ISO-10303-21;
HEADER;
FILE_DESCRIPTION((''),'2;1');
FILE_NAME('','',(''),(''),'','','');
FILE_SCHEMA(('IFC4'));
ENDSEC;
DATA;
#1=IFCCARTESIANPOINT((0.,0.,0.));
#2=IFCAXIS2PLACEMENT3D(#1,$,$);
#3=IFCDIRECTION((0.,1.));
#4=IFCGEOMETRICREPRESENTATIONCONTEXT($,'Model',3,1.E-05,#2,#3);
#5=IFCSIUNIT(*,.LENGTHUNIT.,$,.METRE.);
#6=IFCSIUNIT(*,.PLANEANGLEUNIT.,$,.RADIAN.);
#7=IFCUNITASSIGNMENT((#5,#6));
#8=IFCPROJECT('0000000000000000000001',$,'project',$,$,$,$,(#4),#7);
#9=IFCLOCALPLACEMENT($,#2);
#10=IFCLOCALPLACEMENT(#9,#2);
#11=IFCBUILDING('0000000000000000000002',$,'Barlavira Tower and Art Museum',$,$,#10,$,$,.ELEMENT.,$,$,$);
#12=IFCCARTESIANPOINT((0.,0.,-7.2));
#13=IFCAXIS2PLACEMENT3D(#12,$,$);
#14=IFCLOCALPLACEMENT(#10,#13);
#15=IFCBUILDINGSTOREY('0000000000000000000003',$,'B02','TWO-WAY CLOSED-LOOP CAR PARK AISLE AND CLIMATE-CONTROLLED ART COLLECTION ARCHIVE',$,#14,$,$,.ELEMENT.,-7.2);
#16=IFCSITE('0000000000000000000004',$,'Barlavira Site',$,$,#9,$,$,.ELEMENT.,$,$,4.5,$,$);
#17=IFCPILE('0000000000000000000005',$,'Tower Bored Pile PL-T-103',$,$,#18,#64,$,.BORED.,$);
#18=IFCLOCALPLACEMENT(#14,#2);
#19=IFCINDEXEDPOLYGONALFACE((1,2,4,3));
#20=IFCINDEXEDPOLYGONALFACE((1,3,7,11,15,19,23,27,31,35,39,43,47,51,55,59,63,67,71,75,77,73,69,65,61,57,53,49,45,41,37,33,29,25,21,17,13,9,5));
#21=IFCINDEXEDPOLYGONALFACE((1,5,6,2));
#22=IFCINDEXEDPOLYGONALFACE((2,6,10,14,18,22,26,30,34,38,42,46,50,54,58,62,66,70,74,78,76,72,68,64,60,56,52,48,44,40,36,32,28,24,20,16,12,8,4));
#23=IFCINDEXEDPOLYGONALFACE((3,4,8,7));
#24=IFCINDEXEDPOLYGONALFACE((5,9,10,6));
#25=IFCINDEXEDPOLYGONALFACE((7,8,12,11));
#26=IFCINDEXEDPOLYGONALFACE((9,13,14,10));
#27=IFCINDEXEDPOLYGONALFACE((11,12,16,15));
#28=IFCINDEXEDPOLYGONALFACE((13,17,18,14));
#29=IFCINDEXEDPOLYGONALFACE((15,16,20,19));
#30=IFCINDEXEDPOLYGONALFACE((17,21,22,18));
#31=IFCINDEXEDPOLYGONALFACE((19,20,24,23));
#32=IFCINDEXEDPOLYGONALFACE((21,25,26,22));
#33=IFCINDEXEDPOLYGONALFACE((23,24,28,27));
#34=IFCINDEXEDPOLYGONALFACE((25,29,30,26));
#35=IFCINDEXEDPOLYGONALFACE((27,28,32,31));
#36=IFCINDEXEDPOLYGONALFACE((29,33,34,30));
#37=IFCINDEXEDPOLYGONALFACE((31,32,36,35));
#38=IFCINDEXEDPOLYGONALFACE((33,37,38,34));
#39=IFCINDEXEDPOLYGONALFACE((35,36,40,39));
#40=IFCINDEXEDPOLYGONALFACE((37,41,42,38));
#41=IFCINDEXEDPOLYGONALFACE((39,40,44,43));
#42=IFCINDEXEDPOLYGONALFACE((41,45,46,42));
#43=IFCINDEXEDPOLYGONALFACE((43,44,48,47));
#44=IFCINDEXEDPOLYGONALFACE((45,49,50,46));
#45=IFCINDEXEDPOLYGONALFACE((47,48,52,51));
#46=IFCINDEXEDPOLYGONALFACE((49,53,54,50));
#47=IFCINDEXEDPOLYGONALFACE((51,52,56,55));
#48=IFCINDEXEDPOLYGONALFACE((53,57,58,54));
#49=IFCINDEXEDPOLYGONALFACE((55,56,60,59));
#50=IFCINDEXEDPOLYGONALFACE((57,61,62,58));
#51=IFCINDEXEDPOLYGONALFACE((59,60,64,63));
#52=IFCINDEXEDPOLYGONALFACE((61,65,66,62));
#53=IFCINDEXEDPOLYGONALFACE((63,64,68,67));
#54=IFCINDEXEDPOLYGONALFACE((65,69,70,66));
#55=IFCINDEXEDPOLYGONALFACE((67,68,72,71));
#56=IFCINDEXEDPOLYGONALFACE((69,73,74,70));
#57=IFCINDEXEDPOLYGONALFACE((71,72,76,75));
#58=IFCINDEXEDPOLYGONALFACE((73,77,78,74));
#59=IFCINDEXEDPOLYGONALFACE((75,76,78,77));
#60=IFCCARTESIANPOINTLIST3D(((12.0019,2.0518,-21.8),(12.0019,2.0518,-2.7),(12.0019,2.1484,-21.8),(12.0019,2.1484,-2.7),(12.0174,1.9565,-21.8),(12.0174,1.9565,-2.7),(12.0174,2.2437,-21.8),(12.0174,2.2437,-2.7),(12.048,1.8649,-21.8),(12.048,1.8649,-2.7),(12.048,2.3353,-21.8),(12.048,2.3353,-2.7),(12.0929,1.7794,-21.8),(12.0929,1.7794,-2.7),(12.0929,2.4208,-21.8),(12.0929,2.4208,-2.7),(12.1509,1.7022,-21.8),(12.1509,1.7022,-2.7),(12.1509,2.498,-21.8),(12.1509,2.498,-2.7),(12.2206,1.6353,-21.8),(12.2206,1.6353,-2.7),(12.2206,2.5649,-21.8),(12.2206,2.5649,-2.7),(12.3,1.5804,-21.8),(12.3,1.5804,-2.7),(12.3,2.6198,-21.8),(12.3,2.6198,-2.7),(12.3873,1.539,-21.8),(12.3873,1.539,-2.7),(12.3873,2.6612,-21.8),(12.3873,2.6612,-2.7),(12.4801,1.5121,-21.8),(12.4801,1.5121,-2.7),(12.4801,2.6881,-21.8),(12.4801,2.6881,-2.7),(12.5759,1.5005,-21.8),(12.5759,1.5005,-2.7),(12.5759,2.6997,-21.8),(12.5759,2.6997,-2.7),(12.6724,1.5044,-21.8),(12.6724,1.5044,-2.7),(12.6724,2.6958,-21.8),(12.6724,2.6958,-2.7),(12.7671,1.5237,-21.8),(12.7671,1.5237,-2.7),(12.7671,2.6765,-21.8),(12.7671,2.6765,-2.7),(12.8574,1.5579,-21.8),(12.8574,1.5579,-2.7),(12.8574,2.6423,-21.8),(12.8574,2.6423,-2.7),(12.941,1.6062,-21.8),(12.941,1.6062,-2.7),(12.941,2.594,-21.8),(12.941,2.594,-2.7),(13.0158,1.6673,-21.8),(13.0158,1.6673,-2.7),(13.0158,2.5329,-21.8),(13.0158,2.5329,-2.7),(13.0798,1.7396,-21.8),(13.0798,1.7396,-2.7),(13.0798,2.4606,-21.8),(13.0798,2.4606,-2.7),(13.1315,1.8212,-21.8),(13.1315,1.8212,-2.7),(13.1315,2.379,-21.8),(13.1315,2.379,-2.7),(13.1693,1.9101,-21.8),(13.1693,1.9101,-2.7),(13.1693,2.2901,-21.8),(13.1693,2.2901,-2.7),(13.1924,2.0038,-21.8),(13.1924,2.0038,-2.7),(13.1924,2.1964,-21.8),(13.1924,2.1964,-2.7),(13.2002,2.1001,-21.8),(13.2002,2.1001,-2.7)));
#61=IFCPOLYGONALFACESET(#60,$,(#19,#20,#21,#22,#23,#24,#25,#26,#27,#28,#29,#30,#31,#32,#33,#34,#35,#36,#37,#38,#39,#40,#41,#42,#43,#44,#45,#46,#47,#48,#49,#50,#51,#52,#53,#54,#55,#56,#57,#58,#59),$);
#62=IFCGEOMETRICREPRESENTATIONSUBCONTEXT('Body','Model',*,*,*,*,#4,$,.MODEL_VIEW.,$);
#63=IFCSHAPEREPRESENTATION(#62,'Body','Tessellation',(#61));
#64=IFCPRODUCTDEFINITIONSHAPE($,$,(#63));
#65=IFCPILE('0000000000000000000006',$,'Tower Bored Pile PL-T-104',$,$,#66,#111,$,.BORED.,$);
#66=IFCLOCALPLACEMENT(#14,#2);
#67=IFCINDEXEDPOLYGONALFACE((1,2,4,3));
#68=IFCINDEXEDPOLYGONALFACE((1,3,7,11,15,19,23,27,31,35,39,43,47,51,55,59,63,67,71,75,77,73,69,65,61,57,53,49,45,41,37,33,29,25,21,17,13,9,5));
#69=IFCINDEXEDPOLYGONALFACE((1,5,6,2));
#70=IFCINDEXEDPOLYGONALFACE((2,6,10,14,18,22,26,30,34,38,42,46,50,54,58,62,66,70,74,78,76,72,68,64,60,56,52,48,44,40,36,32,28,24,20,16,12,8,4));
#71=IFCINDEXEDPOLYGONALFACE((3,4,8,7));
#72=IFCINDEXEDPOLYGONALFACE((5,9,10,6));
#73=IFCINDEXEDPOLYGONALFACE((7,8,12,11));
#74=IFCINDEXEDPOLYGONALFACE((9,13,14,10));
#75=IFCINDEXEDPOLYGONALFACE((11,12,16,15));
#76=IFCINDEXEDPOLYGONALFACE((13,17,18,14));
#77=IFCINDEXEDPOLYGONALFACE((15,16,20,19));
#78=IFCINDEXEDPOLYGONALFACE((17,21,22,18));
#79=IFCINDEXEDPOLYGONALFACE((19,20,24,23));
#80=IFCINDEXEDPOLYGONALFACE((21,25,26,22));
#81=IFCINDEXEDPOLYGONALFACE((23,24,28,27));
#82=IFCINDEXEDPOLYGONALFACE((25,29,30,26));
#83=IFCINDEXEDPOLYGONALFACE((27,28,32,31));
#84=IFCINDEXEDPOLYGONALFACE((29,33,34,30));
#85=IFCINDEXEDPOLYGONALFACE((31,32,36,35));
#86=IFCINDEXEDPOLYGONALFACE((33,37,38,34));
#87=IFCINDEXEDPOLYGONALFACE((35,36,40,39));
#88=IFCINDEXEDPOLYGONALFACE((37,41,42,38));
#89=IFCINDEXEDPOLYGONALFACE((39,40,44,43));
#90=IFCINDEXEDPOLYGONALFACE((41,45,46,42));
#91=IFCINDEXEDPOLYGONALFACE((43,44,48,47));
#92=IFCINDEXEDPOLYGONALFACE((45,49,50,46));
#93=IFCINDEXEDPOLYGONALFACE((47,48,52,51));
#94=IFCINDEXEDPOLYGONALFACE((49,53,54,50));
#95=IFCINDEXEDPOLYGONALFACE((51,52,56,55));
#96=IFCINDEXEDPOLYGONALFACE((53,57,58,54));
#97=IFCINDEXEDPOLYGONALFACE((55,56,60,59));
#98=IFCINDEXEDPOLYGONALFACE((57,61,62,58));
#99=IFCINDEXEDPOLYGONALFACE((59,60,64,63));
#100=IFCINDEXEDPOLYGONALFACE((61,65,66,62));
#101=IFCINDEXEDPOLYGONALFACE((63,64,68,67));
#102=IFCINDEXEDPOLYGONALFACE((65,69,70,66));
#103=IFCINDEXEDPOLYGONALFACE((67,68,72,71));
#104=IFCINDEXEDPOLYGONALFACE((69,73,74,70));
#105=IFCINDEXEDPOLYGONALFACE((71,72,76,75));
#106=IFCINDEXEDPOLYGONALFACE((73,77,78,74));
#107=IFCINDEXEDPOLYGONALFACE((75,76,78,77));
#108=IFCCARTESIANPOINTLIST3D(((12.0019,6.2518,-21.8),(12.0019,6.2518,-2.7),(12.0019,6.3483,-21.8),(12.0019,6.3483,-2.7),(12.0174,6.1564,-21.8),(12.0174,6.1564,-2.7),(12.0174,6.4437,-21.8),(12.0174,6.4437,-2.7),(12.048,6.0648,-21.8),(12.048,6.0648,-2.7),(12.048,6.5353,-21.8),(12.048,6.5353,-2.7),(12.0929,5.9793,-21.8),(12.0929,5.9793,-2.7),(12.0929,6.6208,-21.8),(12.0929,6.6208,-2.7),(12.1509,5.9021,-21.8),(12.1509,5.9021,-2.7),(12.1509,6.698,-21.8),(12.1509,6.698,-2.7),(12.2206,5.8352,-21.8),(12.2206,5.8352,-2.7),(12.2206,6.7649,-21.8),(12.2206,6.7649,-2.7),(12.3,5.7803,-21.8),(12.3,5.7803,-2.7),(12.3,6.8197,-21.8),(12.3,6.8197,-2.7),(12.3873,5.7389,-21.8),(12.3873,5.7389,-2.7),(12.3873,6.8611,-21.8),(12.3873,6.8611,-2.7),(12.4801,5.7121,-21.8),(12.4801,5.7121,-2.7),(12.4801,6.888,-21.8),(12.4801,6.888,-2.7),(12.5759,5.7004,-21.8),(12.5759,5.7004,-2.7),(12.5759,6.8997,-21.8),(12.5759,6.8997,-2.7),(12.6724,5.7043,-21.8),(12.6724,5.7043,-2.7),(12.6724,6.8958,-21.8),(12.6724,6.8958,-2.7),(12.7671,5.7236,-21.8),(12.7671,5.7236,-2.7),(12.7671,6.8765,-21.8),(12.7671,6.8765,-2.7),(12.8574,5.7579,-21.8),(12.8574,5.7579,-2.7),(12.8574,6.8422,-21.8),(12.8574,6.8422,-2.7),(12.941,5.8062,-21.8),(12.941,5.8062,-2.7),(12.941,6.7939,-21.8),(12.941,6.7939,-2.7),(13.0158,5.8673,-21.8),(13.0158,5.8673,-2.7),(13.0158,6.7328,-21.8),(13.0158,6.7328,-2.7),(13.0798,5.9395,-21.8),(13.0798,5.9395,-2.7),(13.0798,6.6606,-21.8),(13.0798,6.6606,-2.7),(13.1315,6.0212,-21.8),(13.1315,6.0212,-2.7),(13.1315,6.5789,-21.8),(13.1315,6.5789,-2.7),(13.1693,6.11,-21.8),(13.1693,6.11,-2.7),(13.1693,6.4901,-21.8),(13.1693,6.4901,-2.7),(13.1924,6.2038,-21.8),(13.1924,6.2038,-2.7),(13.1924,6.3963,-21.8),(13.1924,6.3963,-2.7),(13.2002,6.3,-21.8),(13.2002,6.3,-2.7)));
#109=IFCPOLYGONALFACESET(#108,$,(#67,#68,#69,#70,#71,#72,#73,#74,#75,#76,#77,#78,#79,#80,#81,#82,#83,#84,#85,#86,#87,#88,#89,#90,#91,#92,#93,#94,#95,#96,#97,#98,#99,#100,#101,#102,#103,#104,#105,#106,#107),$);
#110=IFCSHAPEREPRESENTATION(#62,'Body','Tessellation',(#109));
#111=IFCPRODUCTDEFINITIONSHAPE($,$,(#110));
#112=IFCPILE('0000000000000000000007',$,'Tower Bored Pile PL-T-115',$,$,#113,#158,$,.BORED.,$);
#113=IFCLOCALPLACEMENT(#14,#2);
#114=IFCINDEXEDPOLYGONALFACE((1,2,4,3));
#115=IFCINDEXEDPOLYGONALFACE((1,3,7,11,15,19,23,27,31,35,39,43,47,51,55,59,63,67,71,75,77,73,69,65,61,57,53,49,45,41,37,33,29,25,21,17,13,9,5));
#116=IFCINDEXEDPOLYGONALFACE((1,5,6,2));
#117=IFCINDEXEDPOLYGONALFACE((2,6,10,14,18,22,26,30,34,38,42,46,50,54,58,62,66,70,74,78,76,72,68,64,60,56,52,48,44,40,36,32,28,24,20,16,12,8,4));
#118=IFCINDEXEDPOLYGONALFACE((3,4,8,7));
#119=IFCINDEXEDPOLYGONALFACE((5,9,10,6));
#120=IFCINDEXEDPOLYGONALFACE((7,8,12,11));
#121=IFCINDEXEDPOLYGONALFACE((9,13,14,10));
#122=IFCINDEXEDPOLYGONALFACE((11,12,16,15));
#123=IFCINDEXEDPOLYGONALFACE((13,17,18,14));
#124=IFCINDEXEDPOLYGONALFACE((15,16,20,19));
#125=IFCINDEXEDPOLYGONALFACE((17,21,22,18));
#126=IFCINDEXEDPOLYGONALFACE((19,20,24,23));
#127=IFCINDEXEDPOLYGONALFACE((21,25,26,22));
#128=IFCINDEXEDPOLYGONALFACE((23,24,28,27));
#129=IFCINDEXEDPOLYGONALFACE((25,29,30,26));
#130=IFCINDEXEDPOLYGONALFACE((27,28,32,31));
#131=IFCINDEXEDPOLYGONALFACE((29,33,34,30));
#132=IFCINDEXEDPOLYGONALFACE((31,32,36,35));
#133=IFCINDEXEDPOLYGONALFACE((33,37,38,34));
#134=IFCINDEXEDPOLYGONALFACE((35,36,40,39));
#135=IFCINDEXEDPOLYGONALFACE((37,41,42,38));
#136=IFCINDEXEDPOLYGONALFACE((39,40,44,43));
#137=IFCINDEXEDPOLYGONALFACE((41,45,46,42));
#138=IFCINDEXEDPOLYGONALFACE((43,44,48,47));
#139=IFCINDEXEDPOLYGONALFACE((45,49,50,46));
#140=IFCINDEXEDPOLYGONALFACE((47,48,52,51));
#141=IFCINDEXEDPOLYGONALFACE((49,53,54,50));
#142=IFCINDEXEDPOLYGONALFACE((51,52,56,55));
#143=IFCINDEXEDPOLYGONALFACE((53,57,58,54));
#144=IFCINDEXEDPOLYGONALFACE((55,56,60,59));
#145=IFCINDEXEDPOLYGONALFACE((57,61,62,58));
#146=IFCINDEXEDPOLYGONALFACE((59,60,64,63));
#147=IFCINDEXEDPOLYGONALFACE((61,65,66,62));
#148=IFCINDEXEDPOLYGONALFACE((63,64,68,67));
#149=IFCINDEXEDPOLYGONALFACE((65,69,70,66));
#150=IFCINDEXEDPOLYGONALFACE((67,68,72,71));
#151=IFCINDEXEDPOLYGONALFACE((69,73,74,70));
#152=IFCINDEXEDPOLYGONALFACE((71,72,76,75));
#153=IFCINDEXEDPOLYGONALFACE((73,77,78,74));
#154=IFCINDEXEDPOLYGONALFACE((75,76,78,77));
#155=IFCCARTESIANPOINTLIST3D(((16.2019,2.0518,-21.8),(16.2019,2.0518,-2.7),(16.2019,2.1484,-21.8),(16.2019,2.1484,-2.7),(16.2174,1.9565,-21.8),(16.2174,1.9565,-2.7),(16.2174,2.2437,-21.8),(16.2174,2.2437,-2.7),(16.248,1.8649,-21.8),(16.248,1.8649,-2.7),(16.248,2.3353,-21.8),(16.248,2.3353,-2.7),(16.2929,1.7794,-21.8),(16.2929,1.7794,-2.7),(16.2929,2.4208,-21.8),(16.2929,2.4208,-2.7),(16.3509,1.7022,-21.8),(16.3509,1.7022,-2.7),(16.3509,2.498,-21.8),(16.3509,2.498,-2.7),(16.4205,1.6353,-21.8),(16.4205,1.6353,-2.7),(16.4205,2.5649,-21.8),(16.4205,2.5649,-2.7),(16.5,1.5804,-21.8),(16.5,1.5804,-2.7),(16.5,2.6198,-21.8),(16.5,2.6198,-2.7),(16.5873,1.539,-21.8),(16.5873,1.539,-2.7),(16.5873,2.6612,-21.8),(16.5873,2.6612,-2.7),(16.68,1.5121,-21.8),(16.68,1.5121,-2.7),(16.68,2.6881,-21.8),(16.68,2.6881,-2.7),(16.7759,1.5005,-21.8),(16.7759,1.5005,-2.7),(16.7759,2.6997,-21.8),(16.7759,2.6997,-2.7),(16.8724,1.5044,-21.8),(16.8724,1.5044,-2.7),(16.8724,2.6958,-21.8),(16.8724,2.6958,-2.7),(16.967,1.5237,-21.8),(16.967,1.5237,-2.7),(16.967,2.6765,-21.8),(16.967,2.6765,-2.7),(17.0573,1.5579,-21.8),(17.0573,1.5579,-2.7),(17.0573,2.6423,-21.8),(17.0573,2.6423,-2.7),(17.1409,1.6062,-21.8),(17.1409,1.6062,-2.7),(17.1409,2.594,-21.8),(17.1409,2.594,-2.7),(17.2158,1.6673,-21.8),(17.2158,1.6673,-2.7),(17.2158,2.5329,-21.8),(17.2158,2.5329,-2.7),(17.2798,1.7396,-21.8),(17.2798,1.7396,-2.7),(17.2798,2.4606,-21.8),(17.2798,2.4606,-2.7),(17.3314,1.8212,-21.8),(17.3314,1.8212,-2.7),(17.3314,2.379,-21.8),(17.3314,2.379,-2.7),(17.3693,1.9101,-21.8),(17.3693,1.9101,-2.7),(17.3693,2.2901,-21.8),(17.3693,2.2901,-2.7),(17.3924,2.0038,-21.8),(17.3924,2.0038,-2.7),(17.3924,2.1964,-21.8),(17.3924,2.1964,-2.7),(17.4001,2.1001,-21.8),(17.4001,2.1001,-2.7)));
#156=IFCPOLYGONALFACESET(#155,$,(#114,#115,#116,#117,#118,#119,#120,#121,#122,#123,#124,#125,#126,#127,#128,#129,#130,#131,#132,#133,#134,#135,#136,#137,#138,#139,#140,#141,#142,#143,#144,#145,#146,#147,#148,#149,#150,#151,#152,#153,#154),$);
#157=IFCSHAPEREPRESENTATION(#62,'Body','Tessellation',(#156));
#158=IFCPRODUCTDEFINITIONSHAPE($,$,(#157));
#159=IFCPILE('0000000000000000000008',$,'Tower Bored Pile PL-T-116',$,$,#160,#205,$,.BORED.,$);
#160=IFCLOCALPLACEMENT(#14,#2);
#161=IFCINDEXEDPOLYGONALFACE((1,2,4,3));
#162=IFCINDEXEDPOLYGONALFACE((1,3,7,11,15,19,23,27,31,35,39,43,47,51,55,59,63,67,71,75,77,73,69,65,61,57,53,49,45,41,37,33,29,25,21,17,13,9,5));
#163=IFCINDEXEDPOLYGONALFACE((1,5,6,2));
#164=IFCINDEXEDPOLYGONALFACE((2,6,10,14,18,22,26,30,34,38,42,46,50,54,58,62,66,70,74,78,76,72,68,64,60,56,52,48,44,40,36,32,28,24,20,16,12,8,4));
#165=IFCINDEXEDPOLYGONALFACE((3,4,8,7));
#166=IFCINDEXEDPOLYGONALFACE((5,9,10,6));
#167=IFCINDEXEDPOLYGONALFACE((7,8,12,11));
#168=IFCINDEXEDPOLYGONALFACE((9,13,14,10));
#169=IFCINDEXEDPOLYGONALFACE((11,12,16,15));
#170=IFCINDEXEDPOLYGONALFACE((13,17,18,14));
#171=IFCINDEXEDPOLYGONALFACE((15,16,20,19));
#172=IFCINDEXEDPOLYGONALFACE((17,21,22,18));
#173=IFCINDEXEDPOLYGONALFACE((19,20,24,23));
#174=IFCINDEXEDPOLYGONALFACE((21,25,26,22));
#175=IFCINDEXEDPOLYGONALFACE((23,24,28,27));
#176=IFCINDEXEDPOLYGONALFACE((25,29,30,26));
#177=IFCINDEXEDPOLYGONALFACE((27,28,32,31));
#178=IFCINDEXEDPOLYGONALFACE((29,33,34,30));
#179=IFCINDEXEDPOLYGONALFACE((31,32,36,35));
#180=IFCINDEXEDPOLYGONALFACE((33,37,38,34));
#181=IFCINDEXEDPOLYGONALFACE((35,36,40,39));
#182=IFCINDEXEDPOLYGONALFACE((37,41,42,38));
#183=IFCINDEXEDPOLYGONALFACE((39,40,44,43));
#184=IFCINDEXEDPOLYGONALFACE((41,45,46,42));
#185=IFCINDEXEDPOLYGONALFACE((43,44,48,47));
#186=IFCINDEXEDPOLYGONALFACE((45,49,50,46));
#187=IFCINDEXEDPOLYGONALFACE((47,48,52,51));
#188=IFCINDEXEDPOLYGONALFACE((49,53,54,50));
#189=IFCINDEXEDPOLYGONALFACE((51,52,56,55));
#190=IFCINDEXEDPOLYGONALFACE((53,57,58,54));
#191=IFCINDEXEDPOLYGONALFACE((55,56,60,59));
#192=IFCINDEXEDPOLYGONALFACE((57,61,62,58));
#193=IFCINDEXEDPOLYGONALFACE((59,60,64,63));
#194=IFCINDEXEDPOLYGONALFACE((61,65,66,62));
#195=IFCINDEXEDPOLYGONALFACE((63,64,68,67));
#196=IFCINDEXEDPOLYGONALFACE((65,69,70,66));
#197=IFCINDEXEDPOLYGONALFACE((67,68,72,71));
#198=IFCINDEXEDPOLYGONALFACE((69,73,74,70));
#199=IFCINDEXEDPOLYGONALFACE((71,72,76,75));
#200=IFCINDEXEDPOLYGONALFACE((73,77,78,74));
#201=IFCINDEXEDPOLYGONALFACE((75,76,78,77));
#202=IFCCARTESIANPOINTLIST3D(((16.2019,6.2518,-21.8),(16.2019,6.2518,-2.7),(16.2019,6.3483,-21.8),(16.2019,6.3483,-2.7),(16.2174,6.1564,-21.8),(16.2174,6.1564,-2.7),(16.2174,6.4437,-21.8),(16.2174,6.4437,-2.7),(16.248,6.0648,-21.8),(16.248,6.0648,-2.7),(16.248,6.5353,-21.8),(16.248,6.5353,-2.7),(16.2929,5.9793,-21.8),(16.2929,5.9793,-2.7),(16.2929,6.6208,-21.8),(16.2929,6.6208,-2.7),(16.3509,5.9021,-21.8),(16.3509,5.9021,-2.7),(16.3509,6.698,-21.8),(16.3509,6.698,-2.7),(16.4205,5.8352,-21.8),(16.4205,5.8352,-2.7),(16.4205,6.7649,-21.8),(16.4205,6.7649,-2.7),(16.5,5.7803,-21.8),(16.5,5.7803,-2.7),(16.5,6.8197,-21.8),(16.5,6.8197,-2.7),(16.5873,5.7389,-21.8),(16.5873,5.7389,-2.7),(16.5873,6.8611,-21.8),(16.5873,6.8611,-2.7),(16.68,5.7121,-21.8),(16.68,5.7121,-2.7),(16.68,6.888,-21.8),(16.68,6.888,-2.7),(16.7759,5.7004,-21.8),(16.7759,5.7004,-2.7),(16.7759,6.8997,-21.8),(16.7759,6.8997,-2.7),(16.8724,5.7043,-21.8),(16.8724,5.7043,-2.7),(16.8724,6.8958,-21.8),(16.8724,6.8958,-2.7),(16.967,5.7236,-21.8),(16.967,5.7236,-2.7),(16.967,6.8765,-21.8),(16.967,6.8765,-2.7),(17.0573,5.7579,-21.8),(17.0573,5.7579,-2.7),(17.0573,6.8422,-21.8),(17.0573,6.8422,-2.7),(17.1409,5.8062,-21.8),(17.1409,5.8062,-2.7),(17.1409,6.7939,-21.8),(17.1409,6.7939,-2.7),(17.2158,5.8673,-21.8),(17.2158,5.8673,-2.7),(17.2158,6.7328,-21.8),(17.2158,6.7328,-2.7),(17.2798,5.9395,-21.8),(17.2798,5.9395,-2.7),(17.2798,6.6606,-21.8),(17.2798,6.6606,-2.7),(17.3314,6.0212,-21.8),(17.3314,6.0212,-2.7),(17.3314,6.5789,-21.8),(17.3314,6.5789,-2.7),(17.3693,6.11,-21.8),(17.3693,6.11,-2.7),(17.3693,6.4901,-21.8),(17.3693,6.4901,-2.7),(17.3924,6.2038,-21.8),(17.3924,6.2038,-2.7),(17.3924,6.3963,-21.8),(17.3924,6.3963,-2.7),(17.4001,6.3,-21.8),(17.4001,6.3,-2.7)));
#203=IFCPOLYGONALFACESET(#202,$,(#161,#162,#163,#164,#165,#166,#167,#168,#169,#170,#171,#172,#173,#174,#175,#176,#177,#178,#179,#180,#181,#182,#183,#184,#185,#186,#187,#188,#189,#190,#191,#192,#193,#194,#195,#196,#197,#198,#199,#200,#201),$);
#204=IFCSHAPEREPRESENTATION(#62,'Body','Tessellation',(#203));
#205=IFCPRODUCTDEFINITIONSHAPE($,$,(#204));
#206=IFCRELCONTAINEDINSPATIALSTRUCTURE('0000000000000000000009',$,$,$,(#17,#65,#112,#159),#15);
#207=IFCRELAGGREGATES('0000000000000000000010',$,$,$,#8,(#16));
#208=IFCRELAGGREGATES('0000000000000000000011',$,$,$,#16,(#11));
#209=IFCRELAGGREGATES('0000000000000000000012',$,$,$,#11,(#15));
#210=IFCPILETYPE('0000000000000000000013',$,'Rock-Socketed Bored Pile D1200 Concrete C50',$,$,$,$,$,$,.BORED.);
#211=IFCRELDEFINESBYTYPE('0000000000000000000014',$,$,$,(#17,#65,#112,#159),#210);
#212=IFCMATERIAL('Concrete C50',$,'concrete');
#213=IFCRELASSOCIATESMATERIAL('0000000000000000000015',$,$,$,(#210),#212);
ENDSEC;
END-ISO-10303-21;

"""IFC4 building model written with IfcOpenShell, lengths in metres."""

from ifc_helpers import new_model, si_unit, direction, frame, origin, origin_2d, place, context, subcontext, project, spatial, circle, extrude, material, material_profile, profile_set, type_object, element, save


model = new_model("IFC4")

# Units and contexts
model_context = context("Model", 3, precision=1e-05, world=origin(), true_north=direction((0.0, 1.0)))
body_context = subcontext(model_context, "Body", "Model", "MODEL_VIEW")
ifc_project = project(units=[si_unit("LENGTHUNIT", "METRE"), si_unit("PLANEANGLEUNIT", "RADIAN")], contexts=[model_context])

# Site, building, storey
site_placement = place(None, origin())
site = spatial("IfcSite", under=ifc_project, at=site_placement, Name="Barlavira Site", CompositionType="ELEMENT", RefElevation=4.5)
building_placement = place(site_placement, origin())
building = spatial("IfcBuilding", under=site, at=building_placement, Name="Barlavira Tower and Art Museum", CompositionType="ELEMENT")
storey_placement = place(building_placement, frame((0.0, 0.0, -7.2)))
storey = spatial("IfcBuildingStorey", under=building, at=storey_placement, Name="B02", Description="TWO-WAY CLOSED-LOOP CAR PARK AISLE AND CLIMATE-CONTROLLED ART COLLECTION ARCHIVE", CompositionType="ELEMENT", Elevation=-7.2)

# Piles
ifc_material_1 = material(Name="Concrete C50", Category="concrete")
ifc_material_profile_1 = material_profile(ifc_material_1, circle(Radius=0.6001, at=origin_2d()), Name="BORED PILE D1200")
ifc_profile_set_1 = profile_set([ifc_material_profile_1], Name="Concrete C50")
pile_type = type_object("IfcPileType", Name="Rock-Socketed Bored Pile D1200 Concrete C50", PredefinedType="BORED", material=ifc_profile_set_1)
for number, where, z_axis, x_axis, name in (
    (1, (12.6001, 2.1001, -2.7), (0.0, 0.0, -1.0), (1.0, 0.0, 0.0), "Tower Bored Pile PL-T-103"),
    (2, (12.6001, 6.3, -2.7), (0.0, 0.0, -1.0), (1.0, 0.0, 0.0), "Tower Bored Pile PL-T-104"),
    (3, (16.8, 2.1001, -2.7), (0.0, 0.0, -1.0), (1.0, 0.0, 0.0), "Tower Bored Pile PL-T-115"),
    (4, (16.8, 6.3, -2.7), (0.0, 0.0, -1.0), (1.0, 0.0, 0.0), "Tower Bored Pile PL-T-116"),
):
    element("IfcPile", number, at=place(storey_placement, frame(where, z_axis=z_axis, x_axis=x_axis)), inside=storey, type_object=pile_type, Name=name, PredefinedType="BORED", context=body_context, shape_type="SweptSolid", body=[
        extrude(circle(Radius=0.6001, at=origin_2d()), origin(), (0.0, 0.0, 1.0), 19.1001),
    ])

save(model, "model.ifc")
